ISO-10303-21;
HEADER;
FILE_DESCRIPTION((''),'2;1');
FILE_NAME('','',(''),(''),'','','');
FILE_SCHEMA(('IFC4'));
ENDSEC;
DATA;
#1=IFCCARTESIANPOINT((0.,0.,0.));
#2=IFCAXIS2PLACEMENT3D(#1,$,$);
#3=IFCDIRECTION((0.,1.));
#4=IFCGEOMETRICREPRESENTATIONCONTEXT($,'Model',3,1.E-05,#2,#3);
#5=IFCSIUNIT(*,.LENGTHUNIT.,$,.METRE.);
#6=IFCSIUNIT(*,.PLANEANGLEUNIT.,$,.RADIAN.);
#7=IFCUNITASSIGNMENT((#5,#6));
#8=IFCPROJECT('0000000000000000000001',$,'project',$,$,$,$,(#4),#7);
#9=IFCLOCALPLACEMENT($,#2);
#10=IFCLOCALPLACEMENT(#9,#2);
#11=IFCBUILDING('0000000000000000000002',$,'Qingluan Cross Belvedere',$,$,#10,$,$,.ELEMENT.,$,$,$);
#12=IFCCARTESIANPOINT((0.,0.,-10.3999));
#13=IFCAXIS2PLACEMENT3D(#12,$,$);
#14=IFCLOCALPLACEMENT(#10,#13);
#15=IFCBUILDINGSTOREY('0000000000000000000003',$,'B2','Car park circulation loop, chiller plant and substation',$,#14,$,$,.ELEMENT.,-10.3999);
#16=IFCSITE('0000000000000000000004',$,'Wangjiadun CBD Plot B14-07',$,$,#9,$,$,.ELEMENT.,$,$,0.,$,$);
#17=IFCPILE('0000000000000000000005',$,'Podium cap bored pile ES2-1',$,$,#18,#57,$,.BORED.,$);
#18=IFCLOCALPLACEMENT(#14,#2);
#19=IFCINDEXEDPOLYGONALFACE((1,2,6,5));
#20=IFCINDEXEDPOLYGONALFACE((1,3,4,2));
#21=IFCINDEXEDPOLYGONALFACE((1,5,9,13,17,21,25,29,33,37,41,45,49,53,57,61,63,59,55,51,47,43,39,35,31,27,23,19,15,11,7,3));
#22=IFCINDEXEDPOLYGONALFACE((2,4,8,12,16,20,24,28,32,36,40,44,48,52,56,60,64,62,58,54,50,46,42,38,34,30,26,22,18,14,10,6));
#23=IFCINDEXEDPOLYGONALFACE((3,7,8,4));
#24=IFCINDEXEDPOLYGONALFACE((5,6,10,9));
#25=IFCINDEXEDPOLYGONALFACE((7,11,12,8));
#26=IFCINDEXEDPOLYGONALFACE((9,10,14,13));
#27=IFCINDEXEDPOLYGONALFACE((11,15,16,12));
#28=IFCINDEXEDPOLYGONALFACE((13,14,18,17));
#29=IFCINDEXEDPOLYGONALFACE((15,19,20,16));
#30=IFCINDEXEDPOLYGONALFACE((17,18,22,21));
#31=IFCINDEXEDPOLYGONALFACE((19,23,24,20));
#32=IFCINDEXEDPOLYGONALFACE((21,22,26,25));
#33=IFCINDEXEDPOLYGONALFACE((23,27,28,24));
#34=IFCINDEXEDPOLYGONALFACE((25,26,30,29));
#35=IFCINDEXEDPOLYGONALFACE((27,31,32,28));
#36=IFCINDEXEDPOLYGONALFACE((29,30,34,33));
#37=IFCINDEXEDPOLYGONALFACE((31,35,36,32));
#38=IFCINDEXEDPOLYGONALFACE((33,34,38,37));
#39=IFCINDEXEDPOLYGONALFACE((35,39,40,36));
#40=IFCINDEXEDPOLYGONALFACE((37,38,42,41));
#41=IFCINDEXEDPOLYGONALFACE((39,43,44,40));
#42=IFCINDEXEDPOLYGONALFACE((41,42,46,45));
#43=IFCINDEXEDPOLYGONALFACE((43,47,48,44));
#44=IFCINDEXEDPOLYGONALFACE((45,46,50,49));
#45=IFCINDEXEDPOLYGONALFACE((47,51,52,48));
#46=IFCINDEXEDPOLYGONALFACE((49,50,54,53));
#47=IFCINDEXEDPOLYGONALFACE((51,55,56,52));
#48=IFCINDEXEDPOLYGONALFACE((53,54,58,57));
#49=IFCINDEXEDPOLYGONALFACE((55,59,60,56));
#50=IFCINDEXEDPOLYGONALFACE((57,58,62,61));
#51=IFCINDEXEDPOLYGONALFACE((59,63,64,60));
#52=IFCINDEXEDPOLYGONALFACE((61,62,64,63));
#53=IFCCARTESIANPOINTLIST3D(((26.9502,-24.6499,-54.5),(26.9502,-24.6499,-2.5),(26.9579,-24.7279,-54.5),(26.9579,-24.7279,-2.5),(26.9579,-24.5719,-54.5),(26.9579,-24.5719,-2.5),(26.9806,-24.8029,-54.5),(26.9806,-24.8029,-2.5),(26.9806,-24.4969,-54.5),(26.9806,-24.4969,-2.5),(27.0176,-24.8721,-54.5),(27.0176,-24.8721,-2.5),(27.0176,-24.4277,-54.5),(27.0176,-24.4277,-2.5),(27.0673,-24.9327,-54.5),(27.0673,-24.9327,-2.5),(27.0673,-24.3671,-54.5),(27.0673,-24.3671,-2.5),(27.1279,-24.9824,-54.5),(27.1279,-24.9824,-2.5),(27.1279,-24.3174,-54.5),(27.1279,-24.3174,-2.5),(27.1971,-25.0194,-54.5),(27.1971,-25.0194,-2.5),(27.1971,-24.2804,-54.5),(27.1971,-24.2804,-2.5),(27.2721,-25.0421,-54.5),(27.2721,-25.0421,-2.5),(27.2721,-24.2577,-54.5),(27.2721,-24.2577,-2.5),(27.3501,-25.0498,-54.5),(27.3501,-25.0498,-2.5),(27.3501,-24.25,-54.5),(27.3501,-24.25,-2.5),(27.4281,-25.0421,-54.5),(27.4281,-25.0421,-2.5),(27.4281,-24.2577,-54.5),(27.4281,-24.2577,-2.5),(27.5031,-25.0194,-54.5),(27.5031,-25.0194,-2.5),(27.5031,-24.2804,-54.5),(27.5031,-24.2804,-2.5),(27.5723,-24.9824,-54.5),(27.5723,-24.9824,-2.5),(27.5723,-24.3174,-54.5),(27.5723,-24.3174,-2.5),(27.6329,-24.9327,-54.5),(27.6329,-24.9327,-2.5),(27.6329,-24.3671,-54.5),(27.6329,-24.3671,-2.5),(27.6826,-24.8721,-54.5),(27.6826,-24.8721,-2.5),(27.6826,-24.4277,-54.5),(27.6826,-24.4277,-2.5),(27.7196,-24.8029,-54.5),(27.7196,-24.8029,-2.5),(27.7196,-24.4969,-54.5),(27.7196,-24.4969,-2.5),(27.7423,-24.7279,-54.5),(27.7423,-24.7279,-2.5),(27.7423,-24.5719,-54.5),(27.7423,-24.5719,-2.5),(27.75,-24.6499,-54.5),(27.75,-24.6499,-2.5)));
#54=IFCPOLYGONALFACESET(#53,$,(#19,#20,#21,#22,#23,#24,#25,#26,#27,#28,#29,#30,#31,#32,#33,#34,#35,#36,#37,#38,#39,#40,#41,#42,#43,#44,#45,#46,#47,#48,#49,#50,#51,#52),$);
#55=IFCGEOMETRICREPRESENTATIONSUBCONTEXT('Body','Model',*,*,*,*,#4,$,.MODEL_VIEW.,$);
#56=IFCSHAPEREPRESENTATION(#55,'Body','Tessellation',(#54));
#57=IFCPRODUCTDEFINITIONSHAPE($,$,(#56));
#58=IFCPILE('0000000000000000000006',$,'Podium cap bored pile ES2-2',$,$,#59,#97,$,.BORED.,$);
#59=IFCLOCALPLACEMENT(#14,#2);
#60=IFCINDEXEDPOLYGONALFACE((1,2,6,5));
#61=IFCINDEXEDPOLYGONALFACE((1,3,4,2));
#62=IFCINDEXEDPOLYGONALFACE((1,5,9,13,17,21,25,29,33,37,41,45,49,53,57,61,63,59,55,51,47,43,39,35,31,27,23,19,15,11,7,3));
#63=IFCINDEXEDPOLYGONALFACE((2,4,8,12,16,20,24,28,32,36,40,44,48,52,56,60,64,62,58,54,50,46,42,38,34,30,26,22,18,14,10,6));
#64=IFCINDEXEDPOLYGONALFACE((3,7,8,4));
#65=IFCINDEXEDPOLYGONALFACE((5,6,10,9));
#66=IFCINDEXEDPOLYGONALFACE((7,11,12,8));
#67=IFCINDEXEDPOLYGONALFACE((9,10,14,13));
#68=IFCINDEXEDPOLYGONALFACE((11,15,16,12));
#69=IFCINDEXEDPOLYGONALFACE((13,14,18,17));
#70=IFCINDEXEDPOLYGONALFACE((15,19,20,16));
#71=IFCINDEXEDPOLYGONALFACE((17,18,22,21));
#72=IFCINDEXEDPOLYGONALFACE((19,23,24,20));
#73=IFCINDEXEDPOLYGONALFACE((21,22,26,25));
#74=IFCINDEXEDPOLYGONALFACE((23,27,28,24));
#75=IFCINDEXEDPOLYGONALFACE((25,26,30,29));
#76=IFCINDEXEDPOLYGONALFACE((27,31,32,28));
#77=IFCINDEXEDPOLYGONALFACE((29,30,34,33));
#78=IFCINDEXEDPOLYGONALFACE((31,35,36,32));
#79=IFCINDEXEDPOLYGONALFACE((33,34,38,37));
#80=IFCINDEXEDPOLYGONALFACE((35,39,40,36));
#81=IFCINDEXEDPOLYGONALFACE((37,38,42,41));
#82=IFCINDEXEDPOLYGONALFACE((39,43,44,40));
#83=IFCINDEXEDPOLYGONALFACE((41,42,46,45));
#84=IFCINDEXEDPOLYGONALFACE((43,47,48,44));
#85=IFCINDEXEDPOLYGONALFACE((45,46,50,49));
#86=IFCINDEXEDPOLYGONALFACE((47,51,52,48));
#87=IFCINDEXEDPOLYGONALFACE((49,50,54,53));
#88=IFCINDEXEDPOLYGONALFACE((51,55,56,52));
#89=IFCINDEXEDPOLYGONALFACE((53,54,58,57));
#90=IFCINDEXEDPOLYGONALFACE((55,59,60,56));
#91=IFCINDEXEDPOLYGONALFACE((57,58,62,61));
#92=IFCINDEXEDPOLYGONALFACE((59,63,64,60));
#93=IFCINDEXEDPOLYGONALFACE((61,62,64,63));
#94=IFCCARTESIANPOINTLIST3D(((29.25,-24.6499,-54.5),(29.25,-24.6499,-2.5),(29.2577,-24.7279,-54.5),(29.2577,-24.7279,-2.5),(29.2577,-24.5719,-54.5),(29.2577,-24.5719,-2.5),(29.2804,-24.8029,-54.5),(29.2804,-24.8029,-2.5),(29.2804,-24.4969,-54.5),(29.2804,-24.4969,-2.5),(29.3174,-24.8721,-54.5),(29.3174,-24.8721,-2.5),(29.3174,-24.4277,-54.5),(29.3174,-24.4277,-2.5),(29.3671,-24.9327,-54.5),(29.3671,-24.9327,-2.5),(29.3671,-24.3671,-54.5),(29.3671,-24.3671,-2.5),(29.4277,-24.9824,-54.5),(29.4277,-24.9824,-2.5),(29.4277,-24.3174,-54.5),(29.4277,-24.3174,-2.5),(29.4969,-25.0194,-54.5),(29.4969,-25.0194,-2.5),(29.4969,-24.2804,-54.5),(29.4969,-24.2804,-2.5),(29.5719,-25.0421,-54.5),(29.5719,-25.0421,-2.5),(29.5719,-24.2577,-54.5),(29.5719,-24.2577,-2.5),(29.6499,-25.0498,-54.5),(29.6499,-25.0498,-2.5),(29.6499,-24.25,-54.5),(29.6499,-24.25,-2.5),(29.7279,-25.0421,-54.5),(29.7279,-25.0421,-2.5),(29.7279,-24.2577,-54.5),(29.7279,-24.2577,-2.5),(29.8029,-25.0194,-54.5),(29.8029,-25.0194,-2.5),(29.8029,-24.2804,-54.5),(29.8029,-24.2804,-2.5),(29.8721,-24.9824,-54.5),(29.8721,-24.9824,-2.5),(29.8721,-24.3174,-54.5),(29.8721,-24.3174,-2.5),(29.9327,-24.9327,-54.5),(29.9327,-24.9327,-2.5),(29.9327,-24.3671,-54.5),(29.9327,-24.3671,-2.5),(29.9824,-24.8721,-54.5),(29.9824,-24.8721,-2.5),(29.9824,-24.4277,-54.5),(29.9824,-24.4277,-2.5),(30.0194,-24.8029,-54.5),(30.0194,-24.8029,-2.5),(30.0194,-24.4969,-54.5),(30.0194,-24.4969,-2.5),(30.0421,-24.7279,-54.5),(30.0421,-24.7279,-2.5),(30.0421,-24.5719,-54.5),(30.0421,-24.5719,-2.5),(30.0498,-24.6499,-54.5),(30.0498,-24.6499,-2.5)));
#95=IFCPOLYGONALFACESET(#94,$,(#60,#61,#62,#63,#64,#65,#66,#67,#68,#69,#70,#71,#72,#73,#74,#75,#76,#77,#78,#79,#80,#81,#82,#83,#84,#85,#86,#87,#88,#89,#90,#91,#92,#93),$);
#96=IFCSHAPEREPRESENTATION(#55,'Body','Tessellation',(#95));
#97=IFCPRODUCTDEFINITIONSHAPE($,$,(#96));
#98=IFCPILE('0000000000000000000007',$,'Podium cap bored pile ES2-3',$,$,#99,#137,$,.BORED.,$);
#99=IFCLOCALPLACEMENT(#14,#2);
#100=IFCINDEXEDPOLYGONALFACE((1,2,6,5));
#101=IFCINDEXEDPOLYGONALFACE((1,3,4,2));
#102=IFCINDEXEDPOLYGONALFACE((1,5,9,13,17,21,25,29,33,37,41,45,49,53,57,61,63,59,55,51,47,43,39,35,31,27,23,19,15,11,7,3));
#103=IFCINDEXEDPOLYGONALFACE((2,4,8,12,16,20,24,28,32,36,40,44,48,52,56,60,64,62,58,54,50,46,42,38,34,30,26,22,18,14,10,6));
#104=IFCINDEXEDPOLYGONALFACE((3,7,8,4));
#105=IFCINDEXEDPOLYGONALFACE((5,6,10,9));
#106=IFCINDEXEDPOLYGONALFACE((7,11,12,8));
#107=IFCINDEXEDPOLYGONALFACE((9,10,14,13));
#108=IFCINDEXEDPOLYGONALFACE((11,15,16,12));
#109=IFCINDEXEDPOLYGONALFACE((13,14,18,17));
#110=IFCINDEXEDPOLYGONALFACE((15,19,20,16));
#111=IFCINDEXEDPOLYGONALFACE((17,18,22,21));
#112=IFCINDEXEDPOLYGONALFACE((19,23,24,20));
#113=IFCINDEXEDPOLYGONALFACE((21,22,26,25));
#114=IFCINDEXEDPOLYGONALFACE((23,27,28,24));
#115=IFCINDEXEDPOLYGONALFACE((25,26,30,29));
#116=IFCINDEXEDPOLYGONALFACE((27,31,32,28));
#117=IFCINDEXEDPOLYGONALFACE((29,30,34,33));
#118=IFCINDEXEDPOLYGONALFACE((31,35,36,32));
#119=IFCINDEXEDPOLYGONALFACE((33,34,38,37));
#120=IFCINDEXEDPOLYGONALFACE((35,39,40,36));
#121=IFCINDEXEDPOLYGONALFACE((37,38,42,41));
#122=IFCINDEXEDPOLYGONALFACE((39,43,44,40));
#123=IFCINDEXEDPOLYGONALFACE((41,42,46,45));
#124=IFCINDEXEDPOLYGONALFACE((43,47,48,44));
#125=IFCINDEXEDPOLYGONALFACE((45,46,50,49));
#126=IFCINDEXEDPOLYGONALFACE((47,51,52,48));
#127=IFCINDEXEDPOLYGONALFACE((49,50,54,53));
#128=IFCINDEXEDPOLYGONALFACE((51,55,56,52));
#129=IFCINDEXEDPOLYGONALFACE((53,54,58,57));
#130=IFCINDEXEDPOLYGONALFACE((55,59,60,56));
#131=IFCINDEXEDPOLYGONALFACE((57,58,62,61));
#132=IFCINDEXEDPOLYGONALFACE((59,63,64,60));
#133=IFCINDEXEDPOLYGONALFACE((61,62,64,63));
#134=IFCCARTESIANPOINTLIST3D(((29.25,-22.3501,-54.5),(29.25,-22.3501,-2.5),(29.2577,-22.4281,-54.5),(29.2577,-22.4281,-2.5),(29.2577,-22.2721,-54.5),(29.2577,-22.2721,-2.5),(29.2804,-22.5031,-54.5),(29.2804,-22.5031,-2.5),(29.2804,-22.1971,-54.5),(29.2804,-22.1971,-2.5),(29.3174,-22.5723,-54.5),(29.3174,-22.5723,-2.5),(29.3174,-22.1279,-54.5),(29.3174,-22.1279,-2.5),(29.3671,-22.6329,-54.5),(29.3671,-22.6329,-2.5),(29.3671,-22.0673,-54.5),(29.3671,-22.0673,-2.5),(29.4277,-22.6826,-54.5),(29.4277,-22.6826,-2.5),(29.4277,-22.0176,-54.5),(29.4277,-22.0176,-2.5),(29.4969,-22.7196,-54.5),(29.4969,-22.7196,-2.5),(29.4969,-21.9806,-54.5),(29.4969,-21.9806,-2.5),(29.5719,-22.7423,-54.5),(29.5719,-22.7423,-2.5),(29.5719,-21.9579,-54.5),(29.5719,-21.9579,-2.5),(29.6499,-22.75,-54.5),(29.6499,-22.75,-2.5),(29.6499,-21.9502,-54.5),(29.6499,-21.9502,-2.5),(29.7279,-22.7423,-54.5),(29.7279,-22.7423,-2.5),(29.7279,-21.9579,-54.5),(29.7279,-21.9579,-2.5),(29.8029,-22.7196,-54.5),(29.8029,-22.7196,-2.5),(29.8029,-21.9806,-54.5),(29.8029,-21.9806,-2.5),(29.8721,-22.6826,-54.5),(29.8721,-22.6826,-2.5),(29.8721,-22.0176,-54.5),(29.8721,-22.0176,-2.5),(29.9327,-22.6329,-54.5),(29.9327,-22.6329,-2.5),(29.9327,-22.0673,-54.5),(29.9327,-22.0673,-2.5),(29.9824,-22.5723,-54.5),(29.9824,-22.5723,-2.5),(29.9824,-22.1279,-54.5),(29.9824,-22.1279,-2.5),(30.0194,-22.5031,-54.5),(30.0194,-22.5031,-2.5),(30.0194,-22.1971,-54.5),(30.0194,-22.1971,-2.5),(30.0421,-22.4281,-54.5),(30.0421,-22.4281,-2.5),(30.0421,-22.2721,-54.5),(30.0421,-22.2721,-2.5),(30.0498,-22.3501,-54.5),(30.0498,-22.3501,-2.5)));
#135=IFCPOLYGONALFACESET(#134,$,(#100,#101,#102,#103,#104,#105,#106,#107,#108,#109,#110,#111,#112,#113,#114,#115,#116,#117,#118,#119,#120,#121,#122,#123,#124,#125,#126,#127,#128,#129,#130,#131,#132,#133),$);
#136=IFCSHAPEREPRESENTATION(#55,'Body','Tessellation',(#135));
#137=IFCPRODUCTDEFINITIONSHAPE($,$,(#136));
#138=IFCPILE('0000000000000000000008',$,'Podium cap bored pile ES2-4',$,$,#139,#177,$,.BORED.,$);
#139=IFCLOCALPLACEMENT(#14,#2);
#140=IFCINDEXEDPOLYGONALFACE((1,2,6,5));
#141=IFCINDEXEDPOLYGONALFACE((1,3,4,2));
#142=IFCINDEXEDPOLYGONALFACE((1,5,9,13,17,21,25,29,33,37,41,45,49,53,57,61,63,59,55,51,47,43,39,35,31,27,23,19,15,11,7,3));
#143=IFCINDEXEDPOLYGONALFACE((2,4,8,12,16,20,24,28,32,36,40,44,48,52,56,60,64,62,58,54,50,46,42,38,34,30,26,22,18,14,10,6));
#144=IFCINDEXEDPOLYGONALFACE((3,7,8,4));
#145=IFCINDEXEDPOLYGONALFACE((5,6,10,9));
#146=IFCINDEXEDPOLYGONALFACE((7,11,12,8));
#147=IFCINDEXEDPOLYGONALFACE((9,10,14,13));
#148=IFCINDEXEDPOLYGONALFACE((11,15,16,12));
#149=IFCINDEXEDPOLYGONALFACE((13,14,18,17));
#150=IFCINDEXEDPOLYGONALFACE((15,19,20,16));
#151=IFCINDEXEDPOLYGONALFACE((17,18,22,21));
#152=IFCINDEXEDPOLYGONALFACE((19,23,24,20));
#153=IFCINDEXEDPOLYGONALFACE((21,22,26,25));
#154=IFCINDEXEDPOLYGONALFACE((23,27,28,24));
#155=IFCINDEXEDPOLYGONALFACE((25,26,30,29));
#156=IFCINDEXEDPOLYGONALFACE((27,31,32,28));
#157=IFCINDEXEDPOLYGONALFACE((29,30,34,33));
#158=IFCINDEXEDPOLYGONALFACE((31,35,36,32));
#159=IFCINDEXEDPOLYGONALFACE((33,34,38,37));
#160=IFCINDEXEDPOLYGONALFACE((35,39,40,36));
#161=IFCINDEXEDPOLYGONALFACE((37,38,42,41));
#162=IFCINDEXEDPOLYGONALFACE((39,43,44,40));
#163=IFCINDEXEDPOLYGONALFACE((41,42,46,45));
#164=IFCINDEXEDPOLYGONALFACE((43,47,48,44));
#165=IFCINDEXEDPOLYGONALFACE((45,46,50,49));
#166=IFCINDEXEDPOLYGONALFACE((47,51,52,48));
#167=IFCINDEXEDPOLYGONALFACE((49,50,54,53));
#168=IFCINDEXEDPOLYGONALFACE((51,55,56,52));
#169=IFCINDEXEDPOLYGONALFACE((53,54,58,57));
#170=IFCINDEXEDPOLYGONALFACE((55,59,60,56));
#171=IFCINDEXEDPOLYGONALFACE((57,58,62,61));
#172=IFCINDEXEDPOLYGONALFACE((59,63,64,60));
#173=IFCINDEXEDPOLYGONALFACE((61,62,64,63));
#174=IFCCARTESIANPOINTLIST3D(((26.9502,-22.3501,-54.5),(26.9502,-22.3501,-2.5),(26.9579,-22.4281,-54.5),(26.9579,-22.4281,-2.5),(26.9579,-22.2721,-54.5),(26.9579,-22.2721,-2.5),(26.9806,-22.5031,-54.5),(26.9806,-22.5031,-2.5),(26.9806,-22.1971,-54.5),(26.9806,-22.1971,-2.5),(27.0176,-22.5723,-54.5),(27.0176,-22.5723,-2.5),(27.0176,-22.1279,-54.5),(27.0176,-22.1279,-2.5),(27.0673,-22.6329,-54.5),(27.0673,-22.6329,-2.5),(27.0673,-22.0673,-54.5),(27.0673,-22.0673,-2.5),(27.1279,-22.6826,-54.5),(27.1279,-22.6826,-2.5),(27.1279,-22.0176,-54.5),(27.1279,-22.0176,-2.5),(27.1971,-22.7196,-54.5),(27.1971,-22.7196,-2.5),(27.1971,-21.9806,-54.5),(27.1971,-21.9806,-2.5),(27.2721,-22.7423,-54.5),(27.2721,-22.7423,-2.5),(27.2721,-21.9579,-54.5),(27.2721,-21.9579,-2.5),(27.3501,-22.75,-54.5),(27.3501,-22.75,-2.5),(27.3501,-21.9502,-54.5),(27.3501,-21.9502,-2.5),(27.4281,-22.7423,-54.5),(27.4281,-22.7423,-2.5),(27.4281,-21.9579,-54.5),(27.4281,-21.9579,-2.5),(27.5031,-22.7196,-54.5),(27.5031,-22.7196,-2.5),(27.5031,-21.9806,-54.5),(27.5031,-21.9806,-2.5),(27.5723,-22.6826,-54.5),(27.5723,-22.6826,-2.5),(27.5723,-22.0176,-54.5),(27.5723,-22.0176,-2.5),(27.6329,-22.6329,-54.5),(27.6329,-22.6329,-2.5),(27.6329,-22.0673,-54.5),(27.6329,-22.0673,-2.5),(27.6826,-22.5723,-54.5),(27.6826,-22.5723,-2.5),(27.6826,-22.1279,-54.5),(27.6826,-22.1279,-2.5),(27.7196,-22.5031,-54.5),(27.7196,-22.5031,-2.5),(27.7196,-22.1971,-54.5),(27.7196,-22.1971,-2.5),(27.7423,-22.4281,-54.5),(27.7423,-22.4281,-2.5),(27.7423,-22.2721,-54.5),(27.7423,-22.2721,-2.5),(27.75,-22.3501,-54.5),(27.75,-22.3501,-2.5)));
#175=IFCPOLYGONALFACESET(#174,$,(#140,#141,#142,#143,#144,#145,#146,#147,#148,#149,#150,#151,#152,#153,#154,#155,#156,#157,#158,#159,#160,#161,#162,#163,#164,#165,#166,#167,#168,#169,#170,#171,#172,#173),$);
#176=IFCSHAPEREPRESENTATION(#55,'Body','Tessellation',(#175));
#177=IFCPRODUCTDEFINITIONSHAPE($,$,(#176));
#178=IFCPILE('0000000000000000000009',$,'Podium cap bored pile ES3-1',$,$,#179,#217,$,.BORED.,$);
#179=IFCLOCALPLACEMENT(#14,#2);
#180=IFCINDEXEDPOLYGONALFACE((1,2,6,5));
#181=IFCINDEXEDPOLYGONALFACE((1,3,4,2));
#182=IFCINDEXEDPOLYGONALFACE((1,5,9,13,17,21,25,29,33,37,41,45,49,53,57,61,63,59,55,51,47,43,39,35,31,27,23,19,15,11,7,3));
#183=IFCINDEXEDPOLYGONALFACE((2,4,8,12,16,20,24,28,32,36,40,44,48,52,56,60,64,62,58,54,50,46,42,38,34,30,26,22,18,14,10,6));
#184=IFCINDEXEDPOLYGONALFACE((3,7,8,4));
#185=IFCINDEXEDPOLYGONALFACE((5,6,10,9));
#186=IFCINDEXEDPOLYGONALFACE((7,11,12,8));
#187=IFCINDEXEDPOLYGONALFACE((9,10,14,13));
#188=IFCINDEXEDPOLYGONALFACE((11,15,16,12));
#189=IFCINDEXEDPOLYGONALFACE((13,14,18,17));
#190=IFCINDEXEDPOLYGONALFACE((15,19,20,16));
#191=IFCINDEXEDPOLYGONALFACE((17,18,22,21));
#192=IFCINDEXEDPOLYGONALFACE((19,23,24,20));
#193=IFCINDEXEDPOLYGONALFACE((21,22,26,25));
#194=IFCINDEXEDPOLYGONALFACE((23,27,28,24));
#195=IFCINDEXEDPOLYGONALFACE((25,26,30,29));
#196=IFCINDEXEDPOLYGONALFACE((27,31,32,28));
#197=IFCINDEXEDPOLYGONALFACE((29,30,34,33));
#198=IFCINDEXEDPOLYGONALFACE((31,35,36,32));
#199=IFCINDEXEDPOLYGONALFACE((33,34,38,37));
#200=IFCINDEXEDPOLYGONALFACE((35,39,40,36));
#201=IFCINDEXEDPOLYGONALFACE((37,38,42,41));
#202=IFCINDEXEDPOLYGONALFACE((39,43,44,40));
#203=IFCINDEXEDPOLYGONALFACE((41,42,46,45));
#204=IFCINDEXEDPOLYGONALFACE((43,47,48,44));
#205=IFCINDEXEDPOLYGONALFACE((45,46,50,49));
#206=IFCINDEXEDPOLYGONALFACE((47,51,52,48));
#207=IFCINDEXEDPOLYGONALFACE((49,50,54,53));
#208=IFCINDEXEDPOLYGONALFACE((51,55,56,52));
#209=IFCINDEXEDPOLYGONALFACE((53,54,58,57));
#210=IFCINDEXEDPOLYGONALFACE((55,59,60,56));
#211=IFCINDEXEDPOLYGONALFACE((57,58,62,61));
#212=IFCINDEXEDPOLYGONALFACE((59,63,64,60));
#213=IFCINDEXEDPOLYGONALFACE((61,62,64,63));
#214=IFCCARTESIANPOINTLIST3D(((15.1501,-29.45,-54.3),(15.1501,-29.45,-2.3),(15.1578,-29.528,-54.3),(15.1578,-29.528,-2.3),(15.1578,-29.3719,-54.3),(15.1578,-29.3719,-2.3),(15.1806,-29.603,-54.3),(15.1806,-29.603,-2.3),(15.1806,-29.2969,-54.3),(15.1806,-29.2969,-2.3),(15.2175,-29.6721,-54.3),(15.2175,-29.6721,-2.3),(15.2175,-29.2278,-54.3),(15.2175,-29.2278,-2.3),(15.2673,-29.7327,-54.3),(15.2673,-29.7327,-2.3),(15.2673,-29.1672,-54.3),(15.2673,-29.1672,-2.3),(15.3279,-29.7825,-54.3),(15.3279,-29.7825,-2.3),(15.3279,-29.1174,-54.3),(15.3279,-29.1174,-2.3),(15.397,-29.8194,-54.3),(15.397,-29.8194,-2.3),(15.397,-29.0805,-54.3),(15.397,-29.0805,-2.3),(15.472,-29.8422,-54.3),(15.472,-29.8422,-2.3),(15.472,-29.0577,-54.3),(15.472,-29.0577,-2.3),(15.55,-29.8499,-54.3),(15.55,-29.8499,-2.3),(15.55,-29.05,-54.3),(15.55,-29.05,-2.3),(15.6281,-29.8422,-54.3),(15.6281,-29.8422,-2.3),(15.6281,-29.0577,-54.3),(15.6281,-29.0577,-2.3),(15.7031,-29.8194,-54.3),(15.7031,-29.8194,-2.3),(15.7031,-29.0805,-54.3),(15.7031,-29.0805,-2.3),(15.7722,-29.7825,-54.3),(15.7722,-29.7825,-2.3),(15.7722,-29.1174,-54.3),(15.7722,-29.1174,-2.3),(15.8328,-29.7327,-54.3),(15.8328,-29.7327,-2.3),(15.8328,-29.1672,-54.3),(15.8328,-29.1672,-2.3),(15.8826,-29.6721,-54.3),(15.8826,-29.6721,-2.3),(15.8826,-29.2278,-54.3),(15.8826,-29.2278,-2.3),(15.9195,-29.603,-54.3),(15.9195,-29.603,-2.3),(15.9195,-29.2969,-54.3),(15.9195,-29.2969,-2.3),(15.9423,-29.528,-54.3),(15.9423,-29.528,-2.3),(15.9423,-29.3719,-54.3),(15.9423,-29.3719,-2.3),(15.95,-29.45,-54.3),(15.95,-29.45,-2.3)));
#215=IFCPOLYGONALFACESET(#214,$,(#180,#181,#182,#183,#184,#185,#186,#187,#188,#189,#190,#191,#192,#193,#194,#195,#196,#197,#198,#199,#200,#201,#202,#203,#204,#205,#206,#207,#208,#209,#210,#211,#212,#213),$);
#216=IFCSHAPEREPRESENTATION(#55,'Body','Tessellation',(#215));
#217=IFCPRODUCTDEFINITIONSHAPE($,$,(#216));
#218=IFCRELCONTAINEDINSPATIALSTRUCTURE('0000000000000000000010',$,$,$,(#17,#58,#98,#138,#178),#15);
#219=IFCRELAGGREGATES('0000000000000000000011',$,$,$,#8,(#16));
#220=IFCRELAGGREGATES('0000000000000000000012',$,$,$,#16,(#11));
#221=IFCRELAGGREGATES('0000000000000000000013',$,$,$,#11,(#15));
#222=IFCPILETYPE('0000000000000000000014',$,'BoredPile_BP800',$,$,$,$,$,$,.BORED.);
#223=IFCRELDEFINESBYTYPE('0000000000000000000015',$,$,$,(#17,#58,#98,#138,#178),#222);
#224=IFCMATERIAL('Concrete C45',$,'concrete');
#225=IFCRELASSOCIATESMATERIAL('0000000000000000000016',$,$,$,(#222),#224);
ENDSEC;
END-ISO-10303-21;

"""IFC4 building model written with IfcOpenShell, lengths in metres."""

from ifc_helpers import new_model, si_unit, direction, frame, origin, origin_2d, place, context, subcontext, project, spatial, circle, extrude, material, material_profile, profile_set, type_object, element, save


model = new_model("IFC4")

# Units and contexts
model_context = context("Model", 3, precision=1e-05, world=origin(), true_north=direction((0.0, 1.0)))
body_context = subcontext(model_context, "Body", "Model", "MODEL_VIEW")
ifc_project = project(units=[si_unit("LENGTHUNIT", "METRE"), si_unit("PLANEANGLEUNIT", "RADIAN")], contexts=[model_context])

# Site, building, storey
site_placement = place(None, origin())
site = spatial("IfcSite", under=ifc_project, at=site_placement, Name="Wangjiadun CBD Plot B14-07", CompositionType="ELEMENT", RefElevation=0.0)
building_placement = place(site_placement, origin())
building = spatial("IfcBuilding", under=site, at=building_placement, Name="Qingluan Cross Belvedere", CompositionType="ELEMENT")
storey_placement = place(building_placement, frame((0.0, 0.0, -10.3999)))
storey = spatial("IfcBuildingStorey", under=building, at=storey_placement, Name="B2", Description="Car park circulation loop, chiller plant and substation", CompositionType="ELEMENT", Elevation=-10.3999)

# Piles
ifc_material_1 = material(Name="Concrete C45", Category="concrete")
ifc_material_profile_1 = material_profile(ifc_material_1, circle(Radius=0.3999, at=origin_2d()), Name="BP800")
ifc_profile_set_1 = profile_set([ifc_material_profile_1], Name="Concrete C45")
pile_type_1 = type_object("IfcPileType", Name="BoredPile_BP800", PredefinedType="BORED", material=ifc_profile_set_1)
for number, where, z_axis, x_axis, name in (
    (1, (27.3501, -24.6499, -2.5), (0.0, 0.0, -1.0), (1.0, 0.0, 0.0), "Podium cap bored pile ES2-1"),
    (2, (29.6499, -24.6499, -2.5), (0.0, 0.0, -1.0), (1.0, 0.0, 0.0), "Podium cap bored pile ES2-2"),
    (3, (29.6499, -22.3501, -2.5), (0.0, 0.0, -1.0), (1.0, 0.0, 0.0), "Podium cap bored pile ES2-3"),
    (4, (27.3501, -22.3501, -2.5), (0.0, 0.0, -1.0), (1.0, 0.0, 0.0), "Podium cap bored pile ES2-4"),
    (5, (15.55, -29.45, -2.3), (0.0, 0.0, -1.0), (1.0, 0.0, 0.0), "Podium cap bored pile ES3-1"),
):
    element("IfcPile", number, at=place(storey_placement, frame(where, z_axis=z_axis, x_axis=x_axis)), inside=storey, type_object=pile_type_1, Name=name, PredefinedType="BORED", context=body_context, shape_type="SweptSolid", body=[
        extrude(circle(Radius=0.3999, at=origin_2d()), origin(), (0.0, 0.0, 1.0), 52.0),
    ])

save(model, "model.ifc")
